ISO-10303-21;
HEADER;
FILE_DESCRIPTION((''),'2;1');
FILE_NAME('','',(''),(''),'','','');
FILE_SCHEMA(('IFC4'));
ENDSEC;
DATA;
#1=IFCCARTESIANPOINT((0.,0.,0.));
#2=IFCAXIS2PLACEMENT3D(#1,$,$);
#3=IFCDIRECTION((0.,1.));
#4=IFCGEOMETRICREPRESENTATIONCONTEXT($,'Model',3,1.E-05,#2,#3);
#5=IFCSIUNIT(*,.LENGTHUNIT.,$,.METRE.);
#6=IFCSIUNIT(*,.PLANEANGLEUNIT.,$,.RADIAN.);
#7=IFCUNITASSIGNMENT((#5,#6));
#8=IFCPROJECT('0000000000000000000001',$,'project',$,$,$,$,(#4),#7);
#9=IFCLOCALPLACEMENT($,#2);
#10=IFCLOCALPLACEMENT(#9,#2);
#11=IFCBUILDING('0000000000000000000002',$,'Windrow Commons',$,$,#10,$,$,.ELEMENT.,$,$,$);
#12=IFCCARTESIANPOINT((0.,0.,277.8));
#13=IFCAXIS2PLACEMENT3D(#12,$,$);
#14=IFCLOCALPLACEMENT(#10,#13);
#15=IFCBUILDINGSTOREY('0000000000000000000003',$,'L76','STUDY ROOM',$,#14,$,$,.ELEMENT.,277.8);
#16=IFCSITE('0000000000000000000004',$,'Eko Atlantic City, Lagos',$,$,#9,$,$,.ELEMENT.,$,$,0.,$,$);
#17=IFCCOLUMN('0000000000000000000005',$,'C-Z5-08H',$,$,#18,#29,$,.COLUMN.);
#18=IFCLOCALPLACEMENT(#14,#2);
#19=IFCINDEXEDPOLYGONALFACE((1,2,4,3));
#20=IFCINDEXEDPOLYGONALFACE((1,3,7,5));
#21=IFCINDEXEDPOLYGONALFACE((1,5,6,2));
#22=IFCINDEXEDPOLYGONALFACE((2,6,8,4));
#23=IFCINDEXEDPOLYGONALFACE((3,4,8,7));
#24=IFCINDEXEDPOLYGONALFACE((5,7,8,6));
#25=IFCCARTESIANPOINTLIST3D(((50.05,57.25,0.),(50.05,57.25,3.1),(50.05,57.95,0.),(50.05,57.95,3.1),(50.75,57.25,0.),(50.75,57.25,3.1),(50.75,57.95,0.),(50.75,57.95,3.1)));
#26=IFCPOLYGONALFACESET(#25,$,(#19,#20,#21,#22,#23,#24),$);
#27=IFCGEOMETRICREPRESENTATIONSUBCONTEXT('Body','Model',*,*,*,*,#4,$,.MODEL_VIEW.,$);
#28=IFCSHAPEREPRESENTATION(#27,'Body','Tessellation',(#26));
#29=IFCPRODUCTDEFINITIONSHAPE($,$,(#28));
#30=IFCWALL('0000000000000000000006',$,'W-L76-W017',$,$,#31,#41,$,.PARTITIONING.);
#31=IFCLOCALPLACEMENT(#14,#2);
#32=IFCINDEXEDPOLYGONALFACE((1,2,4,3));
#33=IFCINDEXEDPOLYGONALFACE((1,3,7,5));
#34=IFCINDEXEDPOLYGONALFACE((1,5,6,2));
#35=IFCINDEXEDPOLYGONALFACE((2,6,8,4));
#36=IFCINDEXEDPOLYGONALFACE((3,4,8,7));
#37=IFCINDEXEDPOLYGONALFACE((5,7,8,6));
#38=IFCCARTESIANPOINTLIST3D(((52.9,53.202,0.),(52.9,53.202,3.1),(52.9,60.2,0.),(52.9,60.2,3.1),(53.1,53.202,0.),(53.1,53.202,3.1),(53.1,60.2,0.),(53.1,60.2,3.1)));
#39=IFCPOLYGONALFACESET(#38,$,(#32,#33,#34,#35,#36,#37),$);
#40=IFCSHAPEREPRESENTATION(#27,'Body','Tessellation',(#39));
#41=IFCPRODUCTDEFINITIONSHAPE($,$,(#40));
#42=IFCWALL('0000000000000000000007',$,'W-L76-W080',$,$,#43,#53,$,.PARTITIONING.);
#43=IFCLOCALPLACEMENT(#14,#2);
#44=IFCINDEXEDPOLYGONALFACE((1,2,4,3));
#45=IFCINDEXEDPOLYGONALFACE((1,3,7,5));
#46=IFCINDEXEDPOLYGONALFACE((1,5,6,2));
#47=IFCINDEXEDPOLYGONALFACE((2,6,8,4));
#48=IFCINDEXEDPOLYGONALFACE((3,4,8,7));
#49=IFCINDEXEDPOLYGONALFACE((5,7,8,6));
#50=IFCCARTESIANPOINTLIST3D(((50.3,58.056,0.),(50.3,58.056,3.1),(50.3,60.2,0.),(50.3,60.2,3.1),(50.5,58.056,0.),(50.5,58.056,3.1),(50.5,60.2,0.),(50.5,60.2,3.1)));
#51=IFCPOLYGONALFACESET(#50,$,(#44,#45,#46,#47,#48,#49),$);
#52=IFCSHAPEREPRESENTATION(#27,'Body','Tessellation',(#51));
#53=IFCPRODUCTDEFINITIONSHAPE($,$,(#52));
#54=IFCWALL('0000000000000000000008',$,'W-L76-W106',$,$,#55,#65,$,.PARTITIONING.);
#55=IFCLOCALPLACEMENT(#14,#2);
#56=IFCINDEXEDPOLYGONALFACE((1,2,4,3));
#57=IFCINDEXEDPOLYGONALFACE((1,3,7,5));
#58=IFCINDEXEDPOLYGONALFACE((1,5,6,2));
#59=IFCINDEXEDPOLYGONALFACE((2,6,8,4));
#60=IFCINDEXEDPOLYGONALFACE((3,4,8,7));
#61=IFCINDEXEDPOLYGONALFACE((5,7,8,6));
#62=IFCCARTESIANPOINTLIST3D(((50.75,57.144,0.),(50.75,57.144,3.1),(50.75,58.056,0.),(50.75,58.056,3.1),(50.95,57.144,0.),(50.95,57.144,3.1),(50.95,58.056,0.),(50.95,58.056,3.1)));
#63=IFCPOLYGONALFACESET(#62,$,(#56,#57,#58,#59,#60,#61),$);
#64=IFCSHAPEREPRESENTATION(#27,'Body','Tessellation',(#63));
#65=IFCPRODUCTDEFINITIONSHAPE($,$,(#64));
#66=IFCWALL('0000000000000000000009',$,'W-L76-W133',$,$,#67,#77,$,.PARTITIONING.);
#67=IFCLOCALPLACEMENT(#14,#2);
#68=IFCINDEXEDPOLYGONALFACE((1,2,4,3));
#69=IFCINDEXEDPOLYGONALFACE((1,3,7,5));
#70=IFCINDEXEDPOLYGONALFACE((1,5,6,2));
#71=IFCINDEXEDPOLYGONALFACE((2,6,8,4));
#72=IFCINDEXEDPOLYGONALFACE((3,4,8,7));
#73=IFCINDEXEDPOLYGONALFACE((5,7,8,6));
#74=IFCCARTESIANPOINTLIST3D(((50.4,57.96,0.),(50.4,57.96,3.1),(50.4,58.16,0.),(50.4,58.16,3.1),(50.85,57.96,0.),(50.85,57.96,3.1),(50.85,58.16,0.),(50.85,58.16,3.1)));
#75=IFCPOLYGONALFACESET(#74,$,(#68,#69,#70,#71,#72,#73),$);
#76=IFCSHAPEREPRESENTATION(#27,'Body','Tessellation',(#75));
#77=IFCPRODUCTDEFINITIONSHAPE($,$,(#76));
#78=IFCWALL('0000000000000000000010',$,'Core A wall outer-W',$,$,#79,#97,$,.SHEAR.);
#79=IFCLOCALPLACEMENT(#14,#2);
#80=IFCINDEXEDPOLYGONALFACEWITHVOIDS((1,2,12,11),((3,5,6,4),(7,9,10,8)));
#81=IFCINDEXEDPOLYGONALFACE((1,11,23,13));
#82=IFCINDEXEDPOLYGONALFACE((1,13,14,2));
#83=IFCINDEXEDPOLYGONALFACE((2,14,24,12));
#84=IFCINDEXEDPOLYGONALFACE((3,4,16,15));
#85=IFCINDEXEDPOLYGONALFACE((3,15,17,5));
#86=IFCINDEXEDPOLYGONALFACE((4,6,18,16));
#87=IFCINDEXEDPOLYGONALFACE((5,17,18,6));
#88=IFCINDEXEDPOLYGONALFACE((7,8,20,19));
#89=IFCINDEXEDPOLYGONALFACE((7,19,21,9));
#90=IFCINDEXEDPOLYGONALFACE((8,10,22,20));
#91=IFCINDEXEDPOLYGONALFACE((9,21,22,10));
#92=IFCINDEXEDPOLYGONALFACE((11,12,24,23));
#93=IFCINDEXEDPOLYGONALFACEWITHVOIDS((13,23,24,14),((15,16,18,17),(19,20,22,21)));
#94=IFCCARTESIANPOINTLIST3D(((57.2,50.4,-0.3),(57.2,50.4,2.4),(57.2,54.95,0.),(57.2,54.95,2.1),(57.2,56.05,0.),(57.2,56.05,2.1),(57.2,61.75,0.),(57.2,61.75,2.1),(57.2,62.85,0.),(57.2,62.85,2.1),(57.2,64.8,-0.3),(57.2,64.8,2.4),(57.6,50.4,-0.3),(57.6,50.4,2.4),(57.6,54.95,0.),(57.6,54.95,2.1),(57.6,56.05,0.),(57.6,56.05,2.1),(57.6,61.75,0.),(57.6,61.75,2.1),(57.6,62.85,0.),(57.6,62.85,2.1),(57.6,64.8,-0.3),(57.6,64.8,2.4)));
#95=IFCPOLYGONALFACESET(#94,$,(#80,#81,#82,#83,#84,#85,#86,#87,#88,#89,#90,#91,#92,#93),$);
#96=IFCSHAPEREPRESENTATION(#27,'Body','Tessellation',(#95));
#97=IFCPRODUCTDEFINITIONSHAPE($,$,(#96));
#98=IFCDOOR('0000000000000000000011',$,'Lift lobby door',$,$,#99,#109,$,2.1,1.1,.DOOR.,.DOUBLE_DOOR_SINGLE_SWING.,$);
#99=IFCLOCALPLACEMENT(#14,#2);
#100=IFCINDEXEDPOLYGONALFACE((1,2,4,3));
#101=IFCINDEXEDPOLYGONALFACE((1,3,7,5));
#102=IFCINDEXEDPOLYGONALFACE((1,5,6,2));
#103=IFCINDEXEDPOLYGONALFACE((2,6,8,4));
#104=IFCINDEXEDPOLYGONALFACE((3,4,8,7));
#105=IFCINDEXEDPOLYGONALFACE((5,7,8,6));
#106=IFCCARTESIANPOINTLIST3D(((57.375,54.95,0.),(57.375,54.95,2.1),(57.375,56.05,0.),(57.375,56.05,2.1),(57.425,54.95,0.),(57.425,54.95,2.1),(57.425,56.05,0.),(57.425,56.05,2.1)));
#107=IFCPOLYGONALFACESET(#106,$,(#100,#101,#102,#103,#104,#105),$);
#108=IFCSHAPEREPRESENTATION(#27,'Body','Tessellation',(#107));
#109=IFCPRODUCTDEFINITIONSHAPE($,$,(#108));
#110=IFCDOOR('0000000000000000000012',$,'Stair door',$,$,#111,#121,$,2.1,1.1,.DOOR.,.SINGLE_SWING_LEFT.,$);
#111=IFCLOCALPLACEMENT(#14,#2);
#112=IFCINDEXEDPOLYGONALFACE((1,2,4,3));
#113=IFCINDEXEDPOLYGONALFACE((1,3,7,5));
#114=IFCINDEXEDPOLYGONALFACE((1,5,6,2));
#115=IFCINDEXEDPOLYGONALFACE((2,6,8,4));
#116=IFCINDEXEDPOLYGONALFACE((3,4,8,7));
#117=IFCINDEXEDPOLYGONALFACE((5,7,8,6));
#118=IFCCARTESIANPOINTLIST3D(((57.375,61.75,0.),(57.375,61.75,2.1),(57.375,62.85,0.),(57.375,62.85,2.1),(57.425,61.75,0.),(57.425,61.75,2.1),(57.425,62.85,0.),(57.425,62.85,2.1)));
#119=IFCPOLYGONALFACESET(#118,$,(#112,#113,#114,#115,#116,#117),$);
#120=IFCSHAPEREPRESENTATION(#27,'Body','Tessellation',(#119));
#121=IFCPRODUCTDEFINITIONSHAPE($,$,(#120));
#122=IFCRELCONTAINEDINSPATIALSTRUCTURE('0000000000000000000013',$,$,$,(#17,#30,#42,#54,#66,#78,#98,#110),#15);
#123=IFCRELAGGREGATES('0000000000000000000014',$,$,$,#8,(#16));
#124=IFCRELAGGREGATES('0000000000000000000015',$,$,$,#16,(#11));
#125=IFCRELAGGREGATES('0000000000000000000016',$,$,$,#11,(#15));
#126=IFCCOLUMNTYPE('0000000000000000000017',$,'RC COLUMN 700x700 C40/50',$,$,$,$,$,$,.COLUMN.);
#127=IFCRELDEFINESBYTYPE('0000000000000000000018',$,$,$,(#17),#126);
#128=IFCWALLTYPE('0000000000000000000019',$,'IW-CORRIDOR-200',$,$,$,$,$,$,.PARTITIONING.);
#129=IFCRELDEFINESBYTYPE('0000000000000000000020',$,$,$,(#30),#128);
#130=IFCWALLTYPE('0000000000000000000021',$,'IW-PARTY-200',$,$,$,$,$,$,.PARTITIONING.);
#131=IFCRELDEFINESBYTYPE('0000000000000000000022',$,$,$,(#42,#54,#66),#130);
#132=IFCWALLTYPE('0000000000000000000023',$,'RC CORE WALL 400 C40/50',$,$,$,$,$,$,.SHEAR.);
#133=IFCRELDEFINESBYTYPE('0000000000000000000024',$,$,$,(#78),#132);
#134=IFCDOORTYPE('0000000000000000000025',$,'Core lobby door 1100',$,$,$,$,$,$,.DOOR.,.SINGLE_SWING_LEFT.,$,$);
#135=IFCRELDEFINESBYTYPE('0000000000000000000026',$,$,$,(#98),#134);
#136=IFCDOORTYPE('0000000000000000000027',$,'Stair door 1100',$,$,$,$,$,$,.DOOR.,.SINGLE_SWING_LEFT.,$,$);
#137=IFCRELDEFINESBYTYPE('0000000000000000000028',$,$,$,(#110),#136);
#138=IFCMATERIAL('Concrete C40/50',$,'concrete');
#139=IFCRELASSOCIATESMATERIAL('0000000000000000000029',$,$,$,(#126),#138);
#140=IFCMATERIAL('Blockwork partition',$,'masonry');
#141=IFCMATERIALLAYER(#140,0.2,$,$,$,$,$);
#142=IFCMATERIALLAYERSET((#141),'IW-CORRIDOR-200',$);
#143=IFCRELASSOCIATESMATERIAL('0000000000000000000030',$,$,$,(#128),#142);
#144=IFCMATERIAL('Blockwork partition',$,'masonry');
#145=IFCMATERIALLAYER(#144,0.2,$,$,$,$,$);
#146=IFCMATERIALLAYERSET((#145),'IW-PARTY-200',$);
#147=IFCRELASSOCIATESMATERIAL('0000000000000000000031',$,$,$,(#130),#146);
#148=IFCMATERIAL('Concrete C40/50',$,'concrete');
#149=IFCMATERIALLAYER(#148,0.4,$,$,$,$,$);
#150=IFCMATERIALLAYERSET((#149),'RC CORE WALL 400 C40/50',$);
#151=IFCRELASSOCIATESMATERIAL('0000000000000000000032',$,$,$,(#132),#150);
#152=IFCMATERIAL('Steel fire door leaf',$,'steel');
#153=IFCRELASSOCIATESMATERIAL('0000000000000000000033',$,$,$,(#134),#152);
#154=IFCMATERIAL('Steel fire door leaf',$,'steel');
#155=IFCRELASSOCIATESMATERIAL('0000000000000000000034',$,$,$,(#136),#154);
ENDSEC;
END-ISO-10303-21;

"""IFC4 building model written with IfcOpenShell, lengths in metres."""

from ifc_helpers import new_model, si_unit, direction, frame, frame_2d, origin, origin_2d, place, context, subcontext, project, spatial, rectangle, extrude, material, layer, layer_set, material_profile, profile_set, type_object, element, fill, save


model = new_model("IFC4")

# Units and contexts
model_context = context("Model", 3, precision=1e-05, world=origin(), true_north=direction((0.0, 1.0)))
body_context = subcontext(model_context, "Body", "Model", "MODEL_VIEW")
ifc_project = project(units=[si_unit("LENGTHUNIT", "METRE"), si_unit("PLANEANGLEUNIT", "RADIAN")], contexts=[model_context])

# Site, building, storey
site_placement = place(None, origin())
site = spatial("IfcSite", under=ifc_project, at=site_placement, Name="Eko Atlantic City, Lagos", CompositionType="ELEMENT", RefElevation=0.0)
building_placement = place(site_placement, origin())
building = spatial("IfcBuilding", under=site, at=building_placement, Name="Windrow Commons", CompositionType="ELEMENT")
storey_placement = place(building_placement, frame((0.0, 0.0, 277.8)))
storey = spatial("IfcBuildingStorey", under=building, at=storey_placement, Name="L76", Description="STUDY ROOM", CompositionType="ELEMENT", Elevation=277.8)

# Column
ifc_material_1 = material(Name="Concrete C40/50", Category="concrete")
ifc_material_profile = material_profile(ifc_material_1, rectangle(XDim=0.7, YDim=0.7, at=origin_2d()))
ifc_profile_set = profile_set([ifc_material_profile], Name="Concrete C40/50")
column_type = type_object("IfcColumnType", Name="RC COLUMN 700x700 C40/50", PredefinedType="COLUMN", material=ifc_profile_set)
column_placement = place(storey_placement, frame((50.4, 57.6, 0.0), z_axis=(0.0, 0.0, 1.0), x_axis=(1.0, 0.0, 0.0)))
element("IfcColumn", 1, at=column_placement, inside=storey, type_object=column_type, Name="C-Z5-08H", PredefinedType="COLUMN", context=body_context, shape_type="SweptSolid", body=[
    extrude(rectangle(XDim=0.7, YDim=0.7, at=origin_2d()), origin(), (0.0, 0.0, 1.0), 3.1),
])

# Walls
ifc_material_2 = material(Name="Blockwork partition", Category="masonry")
ifc_layer_1 = layer(ifc_material_2, 0.2)
ifc_layer_set_1 = layer_set([ifc_layer_1], Name="IW-CORRIDOR-200")
wall_type_1 = type_object("IfcWallType", Name="IW-CORRIDOR-200", PredefinedType="PARTITIONING", material=ifc_layer_set_1)
wall_1_placement = place(storey_placement, frame((53.0, 53.202, 0.0), z_axis=(0.0, 0.0, 1.0), x_axis=(0.0, 1.0, 0.0)))
element("IfcWall", 2, at=wall_1_placement, inside=storey, type_object=wall_type_1, Name="W-L76-W017", PredefinedType="PARTITIONING", context=body_context, shape_type="SweptSolid", body=[
    extrude(rectangle(XDim=6.998, YDim=0.2, at=frame_2d((3.499, 0.0))), origin(), (0.0, 0.0, 1.0), 3.1),
])
ifc_material_3 = material(Name="Blockwork partition", Category="masonry")
ifc_layer_2 = layer(ifc_material_3, 0.2)
ifc_layer_set_2 = layer_set([ifc_layer_2], Name="IW-PARTY-200")
wall_type_2 = type_object("IfcWallType", Name="IW-PARTY-200", PredefinedType="PARTITIONING", material=ifc_layer_set_2)
wall_2_placement = place(storey_placement, frame((50.4, 58.056, 0.0), z_axis=(0.0, 0.0, 1.0), x_axis=(0.0, 1.0, 0.0)))
element("IfcWall", 3, at=wall_2_placement, inside=storey, type_object=wall_type_2, Name="W-L76-W080", PredefinedType="PARTITIONING", context=body_context, shape_type="SweptSolid", body=[
    extrude(rectangle(XDim=2.144, YDim=0.2, at=frame_2d((1.072, 0.0))), origin(), (0.0, 0.0, 1.0), 3.1),
])
wall_3_placement = place(storey_placement, frame((50.85, 57.144, 0.0), z_axis=(0.0, 0.0, 1.0), x_axis=(0.0, 1.0, 0.0)))
element("IfcWall", 4, at=wall_3_placement, inside=storey, type_object=wall_type_2, Name="W-L76-W106", PredefinedType="PARTITIONING", context=body_context, shape_type="SweptSolid", body=[
    extrude(rectangle(XDim=0.912, YDim=0.2, at=frame_2d((0.456, 0.0))), origin(), (0.0, 0.0, 1.0), 3.1),
])
wall_4_placement = place(storey_placement, frame((50.4, 58.06, 0.0), z_axis=(0.0, 0.0, 1.0), x_axis=(1.0, 0.0, 0.0)))
element("IfcWall", 5, at=wall_4_placement, inside=storey, type_object=wall_type_2, Name="W-L76-W133", PredefinedType="PARTITIONING", context=body_context, shape_type="SweptSolid", body=[
    extrude(rectangle(XDim=0.45, YDim=0.2, at=frame_2d((0.225, 0.0))), origin(), (0.0, 0.0, 1.0), 3.1),
])

# Wall, openings, doors
ifc_material_4 = material(Name="Concrete C40/50", Category="concrete")
ifc_layer_3 = layer(ifc_material_4, 0.4)
ifc_layer_set_3 = layer_set([ifc_layer_3], Name="RC CORE WALL 400 C40/50")
wall_type_3 = type_object("IfcWallType", Name="RC CORE WALL 400 C40/50", PredefinedType="SHEAR", material=ifc_layer_set_3)
wall_5_placement = place(storey_placement, frame((57.4, 50.4, -0.3), z_axis=(0.0, 0.0, 1.0), x_axis=(0.0, 1.0, 0.0)))
wall_5 = element("IfcWall", 6, at=wall_5_placement, inside=storey, type_object=wall_type_3, Name="Core A wall outer-W", PredefinedType="SHEAR", context=body_context, shape_type="SweptSolid", body=[
    extrude(rectangle(XDim=14.4, YDim=0.4, at=frame_2d((7.2, 0.0))), origin(), (0.0, 0.0, 1.0), 2.7),
])
opening_1_placement = place(wall_5_placement, frame((4.55, 0.0, 0.3)))
opening_1 = element("IfcOpeningElement", 7, at=opening_1_placement, cuts=wall_5, PredefinedType="OPENING", context=body_context, shape_type="SweptSolid", body=[
    extrude(rectangle(XDim=1.1, YDim=2.1, at=frame_2d((0.55, 1.05))), frame((0.0, 0.21, 0.0), z_axis=(0.0, -1.0, 0.0), x_axis=(1.0, 0.0, 0.0)), (0.0, 0.0, 1.0), 0.42),
])
opening_2_placement = place(wall_5_placement, frame((11.35, 0.0, 0.3)))
opening_2 = element("IfcOpeningElement", 8, at=opening_2_placement, cuts=wall_5, PredefinedType="OPENING", context=body_context, shape_type="SweptSolid", body=[
    extrude(rectangle(XDim=1.1, YDim=2.1, at=frame_2d((0.55, 1.05))), frame((0.0, 0.21, 0.0), z_axis=(0.0, -1.0, 0.0), x_axis=(1.0, 0.0, 0.0)), (0.0, 0.0, 1.0), 0.42),
])
ifc_material_5 = material(Name="Steel fire door leaf", Category="steel")
door_type_1 = type_object("IfcDoorType", Name="Core lobby door 1100", OperationType="SINGLE_SWING_LEFT", PredefinedType="DOOR", material=ifc_material_5)
door_1_placement = place(opening_1_placement, origin())
door_1 = element("IfcDoor", 9, at=door_1_placement, inside=storey, type_object=door_type_1, Name="Lift lobby door", OperationType="DOUBLE_DOOR_SINGLE_SWING", OverallHeight=2.1, OverallWidth=1.1, PredefinedType="DOOR", context=body_context, shape_type="SweptSolid", body=[
    extrude(rectangle(XDim=1.1, YDim=2.1, at=frame_2d((0.55, 1.05))), frame((0.0, 0.025, 0.0), z_axis=(0.0, -1.0, 0.0), x_axis=(1.0, 0.0, 0.0)), (0.0, 0.0, 1.0), 0.05),
])
fill(opening_1, door_1)
ifc_material_6 = material(Name="Steel fire door leaf", Category="steel")
door_type_2 = type_object("IfcDoorType", Name="Stair door 1100", OperationType="SINGLE_SWING_LEFT", PredefinedType="DOOR", material=ifc_material_6)
door_2_placement = place(opening_2_placement, origin())
door_2 = element("IfcDoor", 10, at=door_2_placement, inside=storey, type_object=door_type_2, Name="Stair door", OperationType="SINGLE_SWING_LEFT", OverallHeight=2.1, OverallWidth=1.1, PredefinedType="DOOR", context=body_context, shape_type="SweptSolid", body=[
    extrude(rectangle(XDim=1.1, YDim=2.1, at=frame_2d((0.55, 1.05))), frame((0.0, 0.025, 0.0), z_axis=(0.0, -1.0, 0.0), x_axis=(1.0, 0.0, 0.0)), (0.0, 0.0, 1.0), 0.05),
])
fill(opening_2, door_2)

save(model, "model.ifc")
